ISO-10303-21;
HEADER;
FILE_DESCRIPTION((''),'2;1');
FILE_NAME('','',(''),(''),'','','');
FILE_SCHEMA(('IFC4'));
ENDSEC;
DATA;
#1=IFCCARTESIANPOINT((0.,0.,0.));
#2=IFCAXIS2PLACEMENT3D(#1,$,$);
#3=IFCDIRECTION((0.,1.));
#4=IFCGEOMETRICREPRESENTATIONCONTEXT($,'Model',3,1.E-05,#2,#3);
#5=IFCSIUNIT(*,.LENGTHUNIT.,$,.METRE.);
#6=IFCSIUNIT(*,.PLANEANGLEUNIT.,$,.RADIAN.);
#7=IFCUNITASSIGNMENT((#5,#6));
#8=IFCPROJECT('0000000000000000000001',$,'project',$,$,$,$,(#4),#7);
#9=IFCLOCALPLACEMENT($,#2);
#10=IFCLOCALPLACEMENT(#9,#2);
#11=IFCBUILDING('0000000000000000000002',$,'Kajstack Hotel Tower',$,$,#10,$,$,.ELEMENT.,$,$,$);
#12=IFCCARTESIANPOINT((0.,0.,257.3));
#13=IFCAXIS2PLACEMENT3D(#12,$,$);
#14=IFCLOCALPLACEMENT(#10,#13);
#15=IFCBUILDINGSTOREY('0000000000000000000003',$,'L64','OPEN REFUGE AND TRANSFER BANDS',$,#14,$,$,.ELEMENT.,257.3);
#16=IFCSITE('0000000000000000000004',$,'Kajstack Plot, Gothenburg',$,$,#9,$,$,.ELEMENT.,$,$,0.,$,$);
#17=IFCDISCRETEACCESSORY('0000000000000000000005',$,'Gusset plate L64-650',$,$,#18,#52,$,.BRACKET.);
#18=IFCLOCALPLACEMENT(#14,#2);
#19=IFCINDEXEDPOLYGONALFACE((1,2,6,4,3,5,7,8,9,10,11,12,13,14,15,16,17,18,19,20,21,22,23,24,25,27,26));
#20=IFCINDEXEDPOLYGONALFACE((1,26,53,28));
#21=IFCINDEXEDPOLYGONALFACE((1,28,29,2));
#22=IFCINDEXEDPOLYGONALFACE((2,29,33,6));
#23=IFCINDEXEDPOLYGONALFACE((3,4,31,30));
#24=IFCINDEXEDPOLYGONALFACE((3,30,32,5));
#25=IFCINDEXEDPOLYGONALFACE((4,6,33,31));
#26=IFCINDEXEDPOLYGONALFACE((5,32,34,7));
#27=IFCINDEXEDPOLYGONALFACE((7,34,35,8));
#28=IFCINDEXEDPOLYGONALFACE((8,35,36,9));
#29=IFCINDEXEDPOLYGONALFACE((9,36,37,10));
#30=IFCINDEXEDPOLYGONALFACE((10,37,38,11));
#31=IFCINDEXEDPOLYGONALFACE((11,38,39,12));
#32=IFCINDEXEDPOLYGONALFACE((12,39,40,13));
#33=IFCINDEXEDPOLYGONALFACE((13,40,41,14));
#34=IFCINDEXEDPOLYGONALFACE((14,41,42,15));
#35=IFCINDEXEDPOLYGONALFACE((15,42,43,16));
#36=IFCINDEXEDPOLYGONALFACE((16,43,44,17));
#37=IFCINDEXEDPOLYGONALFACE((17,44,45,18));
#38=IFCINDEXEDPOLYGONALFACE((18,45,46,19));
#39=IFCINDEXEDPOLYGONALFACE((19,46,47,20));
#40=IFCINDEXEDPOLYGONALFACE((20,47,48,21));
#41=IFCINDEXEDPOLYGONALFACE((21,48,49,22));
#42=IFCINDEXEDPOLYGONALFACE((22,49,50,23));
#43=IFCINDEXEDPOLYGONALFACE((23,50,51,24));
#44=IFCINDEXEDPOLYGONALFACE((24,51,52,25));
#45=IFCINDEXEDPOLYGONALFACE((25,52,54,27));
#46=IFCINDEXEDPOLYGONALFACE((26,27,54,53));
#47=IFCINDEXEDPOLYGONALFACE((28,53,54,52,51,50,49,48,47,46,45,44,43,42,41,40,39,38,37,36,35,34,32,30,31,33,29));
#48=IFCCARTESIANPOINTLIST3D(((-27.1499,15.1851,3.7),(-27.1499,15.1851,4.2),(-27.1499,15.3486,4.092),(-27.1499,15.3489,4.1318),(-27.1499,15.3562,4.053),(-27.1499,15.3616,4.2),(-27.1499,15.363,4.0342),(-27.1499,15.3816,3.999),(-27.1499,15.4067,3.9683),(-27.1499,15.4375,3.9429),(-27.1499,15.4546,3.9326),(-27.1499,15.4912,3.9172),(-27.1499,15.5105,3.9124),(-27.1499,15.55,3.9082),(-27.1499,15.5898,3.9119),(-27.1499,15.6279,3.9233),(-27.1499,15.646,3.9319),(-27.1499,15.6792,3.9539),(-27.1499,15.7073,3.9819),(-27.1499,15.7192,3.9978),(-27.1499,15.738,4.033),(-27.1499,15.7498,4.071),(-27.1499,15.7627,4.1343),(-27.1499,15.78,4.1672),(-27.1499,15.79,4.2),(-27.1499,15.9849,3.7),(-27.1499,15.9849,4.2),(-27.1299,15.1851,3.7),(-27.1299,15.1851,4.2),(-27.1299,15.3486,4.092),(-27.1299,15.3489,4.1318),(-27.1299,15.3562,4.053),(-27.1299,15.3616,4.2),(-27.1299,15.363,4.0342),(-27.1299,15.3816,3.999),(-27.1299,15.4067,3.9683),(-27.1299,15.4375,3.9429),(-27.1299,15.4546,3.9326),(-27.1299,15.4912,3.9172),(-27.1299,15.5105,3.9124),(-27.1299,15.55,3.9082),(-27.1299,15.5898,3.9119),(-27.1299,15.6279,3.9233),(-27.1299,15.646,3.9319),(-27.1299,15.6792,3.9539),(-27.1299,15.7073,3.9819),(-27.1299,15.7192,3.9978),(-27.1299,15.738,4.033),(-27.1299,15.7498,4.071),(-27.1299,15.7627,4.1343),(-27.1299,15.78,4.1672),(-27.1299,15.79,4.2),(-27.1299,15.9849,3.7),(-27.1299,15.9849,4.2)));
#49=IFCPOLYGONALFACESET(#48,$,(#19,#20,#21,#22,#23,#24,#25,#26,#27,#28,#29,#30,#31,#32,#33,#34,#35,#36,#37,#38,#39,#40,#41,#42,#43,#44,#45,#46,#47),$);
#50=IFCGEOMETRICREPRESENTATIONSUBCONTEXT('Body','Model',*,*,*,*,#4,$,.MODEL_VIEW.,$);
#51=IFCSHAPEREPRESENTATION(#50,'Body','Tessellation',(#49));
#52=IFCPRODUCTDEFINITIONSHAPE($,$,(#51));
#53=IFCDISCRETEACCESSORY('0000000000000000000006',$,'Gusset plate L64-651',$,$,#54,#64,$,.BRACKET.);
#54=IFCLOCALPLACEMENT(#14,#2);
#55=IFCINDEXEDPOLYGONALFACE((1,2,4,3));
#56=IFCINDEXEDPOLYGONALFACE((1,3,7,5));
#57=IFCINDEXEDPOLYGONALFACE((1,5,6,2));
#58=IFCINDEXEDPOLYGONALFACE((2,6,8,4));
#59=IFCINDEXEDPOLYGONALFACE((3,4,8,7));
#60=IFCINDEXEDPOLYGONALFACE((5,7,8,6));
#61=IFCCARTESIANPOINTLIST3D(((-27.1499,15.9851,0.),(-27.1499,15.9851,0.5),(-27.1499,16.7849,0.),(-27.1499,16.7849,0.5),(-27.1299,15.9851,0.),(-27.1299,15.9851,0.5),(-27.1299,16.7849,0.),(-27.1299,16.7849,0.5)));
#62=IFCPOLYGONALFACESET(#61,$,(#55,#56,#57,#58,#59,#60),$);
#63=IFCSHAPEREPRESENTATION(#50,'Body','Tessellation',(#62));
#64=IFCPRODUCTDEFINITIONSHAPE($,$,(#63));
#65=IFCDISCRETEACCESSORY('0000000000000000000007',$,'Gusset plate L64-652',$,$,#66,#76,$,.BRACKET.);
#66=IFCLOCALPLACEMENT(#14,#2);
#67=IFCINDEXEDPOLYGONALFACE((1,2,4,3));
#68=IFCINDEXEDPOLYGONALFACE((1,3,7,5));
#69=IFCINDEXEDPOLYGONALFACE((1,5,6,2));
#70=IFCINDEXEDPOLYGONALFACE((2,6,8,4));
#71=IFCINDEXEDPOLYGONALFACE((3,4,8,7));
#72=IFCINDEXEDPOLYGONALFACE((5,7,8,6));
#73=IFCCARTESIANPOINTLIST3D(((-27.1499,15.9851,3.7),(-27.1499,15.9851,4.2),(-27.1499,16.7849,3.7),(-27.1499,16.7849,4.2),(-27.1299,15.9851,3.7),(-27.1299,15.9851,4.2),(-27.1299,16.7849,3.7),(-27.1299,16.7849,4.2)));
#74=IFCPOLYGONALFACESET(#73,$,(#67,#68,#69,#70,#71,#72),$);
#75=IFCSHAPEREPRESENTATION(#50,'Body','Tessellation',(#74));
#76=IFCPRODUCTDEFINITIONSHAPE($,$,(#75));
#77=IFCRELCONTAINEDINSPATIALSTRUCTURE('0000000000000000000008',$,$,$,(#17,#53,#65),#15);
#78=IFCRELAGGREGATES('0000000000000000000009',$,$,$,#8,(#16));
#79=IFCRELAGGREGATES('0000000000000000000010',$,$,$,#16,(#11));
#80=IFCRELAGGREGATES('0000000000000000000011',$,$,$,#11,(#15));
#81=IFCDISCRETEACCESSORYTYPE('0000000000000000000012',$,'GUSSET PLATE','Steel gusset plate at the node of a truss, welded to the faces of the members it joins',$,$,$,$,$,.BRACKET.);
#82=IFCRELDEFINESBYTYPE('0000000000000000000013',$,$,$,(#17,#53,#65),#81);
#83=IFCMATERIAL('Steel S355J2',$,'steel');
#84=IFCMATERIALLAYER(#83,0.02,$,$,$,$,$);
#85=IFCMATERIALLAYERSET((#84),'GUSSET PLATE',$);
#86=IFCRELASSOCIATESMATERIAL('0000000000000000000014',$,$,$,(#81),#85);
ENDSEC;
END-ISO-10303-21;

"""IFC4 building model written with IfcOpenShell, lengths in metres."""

from ifc_helpers import new_model, si_unit, direction, frame, origin, place, context, subcontext, project, spatial, polyline, outline, extrude, material, layer, layer_set, type_object, element, save


model = new_model("IFC4")

# Units and contexts
model_context = context("Model", 3, precision=1e-05, world=origin(), true_north=direction((0.0, 1.0)))
body_context = subcontext(model_context, "Body", "Model", "MODEL_VIEW")
ifc_project = project(units=[si_unit("LENGTHUNIT", "METRE"), si_unit("PLANEANGLEUNIT", "RADIAN")], contexts=[model_context])

# Site, building, storey
site_placement = place(None, origin())
site = spatial("IfcSite", under=ifc_project, at=site_placement, Name="Kajstack Plot, Gothenburg", CompositionType="ELEMENT", RefElevation=0.0)
building_placement = place(site_placement, origin())
building = spatial("IfcBuilding", under=site, at=building_placement, Name="Kajstack Hotel Tower", CompositionType="ELEMENT")
storey_placement = place(building_placement, frame((0.0, 0.0, 257.3)))
storey = spatial("IfcBuildingStorey", under=building, at=storey_placement, Name="L64", Description="OPEN REFUGE AND TRANSFER BANDS", CompositionType="ELEMENT", Elevation=257.3)

# Shared definitions
ifc_material = material(Name="Steel S355J2", Category="steel")

# Discrete accessories
ifc_layer = layer(ifc_material, 0.02)
ifc_layer_set = layer_set([ifc_layer], Name="GUSSET PLATE")
discrete_accessory_type = type_object("IfcDiscreteAccessoryType", Name="GUSSET PLATE", Description="Steel gusset plate at the node of a truss, welded to the faces of the members it joins", PredefinedType="BRACKET", material=ifc_layer_set)
discrete_accessory_placement = place(storey_placement, frame((-27.1499, 15.585, 3.7), z_axis=(1.0, 0.0, 0.0), x_axis=(0.0, 1.0, 0.0)))
element("IfcDiscreteAccessory", 1, at=discrete_accessory_placement, inside=storey, type_object=discrete_accessory_type, Name="Gusset plate L64-650", PredefinedType="BRACKET", context=body_context, shape_type="SweptSolid", body=[
    extrude(outline(polyline([(0.3999, 0.5), (0.2051, 0.5), (0.1951, 0.4673), (0.1777, 0.4343), (0.1648, 0.3711), (0.1531, 0.333), (0.1343, 0.2979), (0.1223, 0.282), (0.0942, 0.2539), (0.061, 0.2319), (0.043, 0.2234), (0.0049, 0.2119), (-0.0349, 0.2083), (-0.0745, 0.2124), (-0.0938, 0.2173), (-0.1304, 0.2327), (-0.1475, 0.2429), (-0.1782, 0.2683), (-0.2034, 0.2991), (-0.2219, 0.3342), (-0.2288, 0.353), (-0.2363, 0.3921), (-0.2361, 0.4319), (-0.2234, 0.5), (-0.3999, 0.5), (-0.3999, 0.0), (0.3999, 0.0), (0.3999, 0.5)])), origin(), (0.0, 0.0, 1.0), 0.02),
])
for number, where, z_axis, x_axis, name in (
    (2, (-27.1499, 16.385, 0.0), (1.0, 0.0, 0.0), (0.0, 1.0, 0.0), "Gusset plate L64-651"),
    (3, (-27.1499, 16.385, 3.7), (1.0, 0.0, 0.0), (0.0, 1.0, 0.0), "Gusset plate L64-652"),
):
    element("IfcDiscreteAccessory", number, at=place(storey_placement, frame(where, z_axis=z_axis, x_axis=x_axis)), inside=storey, type_object=discrete_accessory_type, Name=name, PredefinedType="BRACKET", context=body_context, shape_type="SweptSolid", body=[
        extrude(outline(polyline([(-0.3999, 0.0), (0.3999, 0.0), (0.3999, 0.5), (-0.3999, 0.5), (-0.3999, 0.0)])), origin(), (0.0, 0.0, 1.0), 0.02),
    ])

save(model, "model.ifc")
